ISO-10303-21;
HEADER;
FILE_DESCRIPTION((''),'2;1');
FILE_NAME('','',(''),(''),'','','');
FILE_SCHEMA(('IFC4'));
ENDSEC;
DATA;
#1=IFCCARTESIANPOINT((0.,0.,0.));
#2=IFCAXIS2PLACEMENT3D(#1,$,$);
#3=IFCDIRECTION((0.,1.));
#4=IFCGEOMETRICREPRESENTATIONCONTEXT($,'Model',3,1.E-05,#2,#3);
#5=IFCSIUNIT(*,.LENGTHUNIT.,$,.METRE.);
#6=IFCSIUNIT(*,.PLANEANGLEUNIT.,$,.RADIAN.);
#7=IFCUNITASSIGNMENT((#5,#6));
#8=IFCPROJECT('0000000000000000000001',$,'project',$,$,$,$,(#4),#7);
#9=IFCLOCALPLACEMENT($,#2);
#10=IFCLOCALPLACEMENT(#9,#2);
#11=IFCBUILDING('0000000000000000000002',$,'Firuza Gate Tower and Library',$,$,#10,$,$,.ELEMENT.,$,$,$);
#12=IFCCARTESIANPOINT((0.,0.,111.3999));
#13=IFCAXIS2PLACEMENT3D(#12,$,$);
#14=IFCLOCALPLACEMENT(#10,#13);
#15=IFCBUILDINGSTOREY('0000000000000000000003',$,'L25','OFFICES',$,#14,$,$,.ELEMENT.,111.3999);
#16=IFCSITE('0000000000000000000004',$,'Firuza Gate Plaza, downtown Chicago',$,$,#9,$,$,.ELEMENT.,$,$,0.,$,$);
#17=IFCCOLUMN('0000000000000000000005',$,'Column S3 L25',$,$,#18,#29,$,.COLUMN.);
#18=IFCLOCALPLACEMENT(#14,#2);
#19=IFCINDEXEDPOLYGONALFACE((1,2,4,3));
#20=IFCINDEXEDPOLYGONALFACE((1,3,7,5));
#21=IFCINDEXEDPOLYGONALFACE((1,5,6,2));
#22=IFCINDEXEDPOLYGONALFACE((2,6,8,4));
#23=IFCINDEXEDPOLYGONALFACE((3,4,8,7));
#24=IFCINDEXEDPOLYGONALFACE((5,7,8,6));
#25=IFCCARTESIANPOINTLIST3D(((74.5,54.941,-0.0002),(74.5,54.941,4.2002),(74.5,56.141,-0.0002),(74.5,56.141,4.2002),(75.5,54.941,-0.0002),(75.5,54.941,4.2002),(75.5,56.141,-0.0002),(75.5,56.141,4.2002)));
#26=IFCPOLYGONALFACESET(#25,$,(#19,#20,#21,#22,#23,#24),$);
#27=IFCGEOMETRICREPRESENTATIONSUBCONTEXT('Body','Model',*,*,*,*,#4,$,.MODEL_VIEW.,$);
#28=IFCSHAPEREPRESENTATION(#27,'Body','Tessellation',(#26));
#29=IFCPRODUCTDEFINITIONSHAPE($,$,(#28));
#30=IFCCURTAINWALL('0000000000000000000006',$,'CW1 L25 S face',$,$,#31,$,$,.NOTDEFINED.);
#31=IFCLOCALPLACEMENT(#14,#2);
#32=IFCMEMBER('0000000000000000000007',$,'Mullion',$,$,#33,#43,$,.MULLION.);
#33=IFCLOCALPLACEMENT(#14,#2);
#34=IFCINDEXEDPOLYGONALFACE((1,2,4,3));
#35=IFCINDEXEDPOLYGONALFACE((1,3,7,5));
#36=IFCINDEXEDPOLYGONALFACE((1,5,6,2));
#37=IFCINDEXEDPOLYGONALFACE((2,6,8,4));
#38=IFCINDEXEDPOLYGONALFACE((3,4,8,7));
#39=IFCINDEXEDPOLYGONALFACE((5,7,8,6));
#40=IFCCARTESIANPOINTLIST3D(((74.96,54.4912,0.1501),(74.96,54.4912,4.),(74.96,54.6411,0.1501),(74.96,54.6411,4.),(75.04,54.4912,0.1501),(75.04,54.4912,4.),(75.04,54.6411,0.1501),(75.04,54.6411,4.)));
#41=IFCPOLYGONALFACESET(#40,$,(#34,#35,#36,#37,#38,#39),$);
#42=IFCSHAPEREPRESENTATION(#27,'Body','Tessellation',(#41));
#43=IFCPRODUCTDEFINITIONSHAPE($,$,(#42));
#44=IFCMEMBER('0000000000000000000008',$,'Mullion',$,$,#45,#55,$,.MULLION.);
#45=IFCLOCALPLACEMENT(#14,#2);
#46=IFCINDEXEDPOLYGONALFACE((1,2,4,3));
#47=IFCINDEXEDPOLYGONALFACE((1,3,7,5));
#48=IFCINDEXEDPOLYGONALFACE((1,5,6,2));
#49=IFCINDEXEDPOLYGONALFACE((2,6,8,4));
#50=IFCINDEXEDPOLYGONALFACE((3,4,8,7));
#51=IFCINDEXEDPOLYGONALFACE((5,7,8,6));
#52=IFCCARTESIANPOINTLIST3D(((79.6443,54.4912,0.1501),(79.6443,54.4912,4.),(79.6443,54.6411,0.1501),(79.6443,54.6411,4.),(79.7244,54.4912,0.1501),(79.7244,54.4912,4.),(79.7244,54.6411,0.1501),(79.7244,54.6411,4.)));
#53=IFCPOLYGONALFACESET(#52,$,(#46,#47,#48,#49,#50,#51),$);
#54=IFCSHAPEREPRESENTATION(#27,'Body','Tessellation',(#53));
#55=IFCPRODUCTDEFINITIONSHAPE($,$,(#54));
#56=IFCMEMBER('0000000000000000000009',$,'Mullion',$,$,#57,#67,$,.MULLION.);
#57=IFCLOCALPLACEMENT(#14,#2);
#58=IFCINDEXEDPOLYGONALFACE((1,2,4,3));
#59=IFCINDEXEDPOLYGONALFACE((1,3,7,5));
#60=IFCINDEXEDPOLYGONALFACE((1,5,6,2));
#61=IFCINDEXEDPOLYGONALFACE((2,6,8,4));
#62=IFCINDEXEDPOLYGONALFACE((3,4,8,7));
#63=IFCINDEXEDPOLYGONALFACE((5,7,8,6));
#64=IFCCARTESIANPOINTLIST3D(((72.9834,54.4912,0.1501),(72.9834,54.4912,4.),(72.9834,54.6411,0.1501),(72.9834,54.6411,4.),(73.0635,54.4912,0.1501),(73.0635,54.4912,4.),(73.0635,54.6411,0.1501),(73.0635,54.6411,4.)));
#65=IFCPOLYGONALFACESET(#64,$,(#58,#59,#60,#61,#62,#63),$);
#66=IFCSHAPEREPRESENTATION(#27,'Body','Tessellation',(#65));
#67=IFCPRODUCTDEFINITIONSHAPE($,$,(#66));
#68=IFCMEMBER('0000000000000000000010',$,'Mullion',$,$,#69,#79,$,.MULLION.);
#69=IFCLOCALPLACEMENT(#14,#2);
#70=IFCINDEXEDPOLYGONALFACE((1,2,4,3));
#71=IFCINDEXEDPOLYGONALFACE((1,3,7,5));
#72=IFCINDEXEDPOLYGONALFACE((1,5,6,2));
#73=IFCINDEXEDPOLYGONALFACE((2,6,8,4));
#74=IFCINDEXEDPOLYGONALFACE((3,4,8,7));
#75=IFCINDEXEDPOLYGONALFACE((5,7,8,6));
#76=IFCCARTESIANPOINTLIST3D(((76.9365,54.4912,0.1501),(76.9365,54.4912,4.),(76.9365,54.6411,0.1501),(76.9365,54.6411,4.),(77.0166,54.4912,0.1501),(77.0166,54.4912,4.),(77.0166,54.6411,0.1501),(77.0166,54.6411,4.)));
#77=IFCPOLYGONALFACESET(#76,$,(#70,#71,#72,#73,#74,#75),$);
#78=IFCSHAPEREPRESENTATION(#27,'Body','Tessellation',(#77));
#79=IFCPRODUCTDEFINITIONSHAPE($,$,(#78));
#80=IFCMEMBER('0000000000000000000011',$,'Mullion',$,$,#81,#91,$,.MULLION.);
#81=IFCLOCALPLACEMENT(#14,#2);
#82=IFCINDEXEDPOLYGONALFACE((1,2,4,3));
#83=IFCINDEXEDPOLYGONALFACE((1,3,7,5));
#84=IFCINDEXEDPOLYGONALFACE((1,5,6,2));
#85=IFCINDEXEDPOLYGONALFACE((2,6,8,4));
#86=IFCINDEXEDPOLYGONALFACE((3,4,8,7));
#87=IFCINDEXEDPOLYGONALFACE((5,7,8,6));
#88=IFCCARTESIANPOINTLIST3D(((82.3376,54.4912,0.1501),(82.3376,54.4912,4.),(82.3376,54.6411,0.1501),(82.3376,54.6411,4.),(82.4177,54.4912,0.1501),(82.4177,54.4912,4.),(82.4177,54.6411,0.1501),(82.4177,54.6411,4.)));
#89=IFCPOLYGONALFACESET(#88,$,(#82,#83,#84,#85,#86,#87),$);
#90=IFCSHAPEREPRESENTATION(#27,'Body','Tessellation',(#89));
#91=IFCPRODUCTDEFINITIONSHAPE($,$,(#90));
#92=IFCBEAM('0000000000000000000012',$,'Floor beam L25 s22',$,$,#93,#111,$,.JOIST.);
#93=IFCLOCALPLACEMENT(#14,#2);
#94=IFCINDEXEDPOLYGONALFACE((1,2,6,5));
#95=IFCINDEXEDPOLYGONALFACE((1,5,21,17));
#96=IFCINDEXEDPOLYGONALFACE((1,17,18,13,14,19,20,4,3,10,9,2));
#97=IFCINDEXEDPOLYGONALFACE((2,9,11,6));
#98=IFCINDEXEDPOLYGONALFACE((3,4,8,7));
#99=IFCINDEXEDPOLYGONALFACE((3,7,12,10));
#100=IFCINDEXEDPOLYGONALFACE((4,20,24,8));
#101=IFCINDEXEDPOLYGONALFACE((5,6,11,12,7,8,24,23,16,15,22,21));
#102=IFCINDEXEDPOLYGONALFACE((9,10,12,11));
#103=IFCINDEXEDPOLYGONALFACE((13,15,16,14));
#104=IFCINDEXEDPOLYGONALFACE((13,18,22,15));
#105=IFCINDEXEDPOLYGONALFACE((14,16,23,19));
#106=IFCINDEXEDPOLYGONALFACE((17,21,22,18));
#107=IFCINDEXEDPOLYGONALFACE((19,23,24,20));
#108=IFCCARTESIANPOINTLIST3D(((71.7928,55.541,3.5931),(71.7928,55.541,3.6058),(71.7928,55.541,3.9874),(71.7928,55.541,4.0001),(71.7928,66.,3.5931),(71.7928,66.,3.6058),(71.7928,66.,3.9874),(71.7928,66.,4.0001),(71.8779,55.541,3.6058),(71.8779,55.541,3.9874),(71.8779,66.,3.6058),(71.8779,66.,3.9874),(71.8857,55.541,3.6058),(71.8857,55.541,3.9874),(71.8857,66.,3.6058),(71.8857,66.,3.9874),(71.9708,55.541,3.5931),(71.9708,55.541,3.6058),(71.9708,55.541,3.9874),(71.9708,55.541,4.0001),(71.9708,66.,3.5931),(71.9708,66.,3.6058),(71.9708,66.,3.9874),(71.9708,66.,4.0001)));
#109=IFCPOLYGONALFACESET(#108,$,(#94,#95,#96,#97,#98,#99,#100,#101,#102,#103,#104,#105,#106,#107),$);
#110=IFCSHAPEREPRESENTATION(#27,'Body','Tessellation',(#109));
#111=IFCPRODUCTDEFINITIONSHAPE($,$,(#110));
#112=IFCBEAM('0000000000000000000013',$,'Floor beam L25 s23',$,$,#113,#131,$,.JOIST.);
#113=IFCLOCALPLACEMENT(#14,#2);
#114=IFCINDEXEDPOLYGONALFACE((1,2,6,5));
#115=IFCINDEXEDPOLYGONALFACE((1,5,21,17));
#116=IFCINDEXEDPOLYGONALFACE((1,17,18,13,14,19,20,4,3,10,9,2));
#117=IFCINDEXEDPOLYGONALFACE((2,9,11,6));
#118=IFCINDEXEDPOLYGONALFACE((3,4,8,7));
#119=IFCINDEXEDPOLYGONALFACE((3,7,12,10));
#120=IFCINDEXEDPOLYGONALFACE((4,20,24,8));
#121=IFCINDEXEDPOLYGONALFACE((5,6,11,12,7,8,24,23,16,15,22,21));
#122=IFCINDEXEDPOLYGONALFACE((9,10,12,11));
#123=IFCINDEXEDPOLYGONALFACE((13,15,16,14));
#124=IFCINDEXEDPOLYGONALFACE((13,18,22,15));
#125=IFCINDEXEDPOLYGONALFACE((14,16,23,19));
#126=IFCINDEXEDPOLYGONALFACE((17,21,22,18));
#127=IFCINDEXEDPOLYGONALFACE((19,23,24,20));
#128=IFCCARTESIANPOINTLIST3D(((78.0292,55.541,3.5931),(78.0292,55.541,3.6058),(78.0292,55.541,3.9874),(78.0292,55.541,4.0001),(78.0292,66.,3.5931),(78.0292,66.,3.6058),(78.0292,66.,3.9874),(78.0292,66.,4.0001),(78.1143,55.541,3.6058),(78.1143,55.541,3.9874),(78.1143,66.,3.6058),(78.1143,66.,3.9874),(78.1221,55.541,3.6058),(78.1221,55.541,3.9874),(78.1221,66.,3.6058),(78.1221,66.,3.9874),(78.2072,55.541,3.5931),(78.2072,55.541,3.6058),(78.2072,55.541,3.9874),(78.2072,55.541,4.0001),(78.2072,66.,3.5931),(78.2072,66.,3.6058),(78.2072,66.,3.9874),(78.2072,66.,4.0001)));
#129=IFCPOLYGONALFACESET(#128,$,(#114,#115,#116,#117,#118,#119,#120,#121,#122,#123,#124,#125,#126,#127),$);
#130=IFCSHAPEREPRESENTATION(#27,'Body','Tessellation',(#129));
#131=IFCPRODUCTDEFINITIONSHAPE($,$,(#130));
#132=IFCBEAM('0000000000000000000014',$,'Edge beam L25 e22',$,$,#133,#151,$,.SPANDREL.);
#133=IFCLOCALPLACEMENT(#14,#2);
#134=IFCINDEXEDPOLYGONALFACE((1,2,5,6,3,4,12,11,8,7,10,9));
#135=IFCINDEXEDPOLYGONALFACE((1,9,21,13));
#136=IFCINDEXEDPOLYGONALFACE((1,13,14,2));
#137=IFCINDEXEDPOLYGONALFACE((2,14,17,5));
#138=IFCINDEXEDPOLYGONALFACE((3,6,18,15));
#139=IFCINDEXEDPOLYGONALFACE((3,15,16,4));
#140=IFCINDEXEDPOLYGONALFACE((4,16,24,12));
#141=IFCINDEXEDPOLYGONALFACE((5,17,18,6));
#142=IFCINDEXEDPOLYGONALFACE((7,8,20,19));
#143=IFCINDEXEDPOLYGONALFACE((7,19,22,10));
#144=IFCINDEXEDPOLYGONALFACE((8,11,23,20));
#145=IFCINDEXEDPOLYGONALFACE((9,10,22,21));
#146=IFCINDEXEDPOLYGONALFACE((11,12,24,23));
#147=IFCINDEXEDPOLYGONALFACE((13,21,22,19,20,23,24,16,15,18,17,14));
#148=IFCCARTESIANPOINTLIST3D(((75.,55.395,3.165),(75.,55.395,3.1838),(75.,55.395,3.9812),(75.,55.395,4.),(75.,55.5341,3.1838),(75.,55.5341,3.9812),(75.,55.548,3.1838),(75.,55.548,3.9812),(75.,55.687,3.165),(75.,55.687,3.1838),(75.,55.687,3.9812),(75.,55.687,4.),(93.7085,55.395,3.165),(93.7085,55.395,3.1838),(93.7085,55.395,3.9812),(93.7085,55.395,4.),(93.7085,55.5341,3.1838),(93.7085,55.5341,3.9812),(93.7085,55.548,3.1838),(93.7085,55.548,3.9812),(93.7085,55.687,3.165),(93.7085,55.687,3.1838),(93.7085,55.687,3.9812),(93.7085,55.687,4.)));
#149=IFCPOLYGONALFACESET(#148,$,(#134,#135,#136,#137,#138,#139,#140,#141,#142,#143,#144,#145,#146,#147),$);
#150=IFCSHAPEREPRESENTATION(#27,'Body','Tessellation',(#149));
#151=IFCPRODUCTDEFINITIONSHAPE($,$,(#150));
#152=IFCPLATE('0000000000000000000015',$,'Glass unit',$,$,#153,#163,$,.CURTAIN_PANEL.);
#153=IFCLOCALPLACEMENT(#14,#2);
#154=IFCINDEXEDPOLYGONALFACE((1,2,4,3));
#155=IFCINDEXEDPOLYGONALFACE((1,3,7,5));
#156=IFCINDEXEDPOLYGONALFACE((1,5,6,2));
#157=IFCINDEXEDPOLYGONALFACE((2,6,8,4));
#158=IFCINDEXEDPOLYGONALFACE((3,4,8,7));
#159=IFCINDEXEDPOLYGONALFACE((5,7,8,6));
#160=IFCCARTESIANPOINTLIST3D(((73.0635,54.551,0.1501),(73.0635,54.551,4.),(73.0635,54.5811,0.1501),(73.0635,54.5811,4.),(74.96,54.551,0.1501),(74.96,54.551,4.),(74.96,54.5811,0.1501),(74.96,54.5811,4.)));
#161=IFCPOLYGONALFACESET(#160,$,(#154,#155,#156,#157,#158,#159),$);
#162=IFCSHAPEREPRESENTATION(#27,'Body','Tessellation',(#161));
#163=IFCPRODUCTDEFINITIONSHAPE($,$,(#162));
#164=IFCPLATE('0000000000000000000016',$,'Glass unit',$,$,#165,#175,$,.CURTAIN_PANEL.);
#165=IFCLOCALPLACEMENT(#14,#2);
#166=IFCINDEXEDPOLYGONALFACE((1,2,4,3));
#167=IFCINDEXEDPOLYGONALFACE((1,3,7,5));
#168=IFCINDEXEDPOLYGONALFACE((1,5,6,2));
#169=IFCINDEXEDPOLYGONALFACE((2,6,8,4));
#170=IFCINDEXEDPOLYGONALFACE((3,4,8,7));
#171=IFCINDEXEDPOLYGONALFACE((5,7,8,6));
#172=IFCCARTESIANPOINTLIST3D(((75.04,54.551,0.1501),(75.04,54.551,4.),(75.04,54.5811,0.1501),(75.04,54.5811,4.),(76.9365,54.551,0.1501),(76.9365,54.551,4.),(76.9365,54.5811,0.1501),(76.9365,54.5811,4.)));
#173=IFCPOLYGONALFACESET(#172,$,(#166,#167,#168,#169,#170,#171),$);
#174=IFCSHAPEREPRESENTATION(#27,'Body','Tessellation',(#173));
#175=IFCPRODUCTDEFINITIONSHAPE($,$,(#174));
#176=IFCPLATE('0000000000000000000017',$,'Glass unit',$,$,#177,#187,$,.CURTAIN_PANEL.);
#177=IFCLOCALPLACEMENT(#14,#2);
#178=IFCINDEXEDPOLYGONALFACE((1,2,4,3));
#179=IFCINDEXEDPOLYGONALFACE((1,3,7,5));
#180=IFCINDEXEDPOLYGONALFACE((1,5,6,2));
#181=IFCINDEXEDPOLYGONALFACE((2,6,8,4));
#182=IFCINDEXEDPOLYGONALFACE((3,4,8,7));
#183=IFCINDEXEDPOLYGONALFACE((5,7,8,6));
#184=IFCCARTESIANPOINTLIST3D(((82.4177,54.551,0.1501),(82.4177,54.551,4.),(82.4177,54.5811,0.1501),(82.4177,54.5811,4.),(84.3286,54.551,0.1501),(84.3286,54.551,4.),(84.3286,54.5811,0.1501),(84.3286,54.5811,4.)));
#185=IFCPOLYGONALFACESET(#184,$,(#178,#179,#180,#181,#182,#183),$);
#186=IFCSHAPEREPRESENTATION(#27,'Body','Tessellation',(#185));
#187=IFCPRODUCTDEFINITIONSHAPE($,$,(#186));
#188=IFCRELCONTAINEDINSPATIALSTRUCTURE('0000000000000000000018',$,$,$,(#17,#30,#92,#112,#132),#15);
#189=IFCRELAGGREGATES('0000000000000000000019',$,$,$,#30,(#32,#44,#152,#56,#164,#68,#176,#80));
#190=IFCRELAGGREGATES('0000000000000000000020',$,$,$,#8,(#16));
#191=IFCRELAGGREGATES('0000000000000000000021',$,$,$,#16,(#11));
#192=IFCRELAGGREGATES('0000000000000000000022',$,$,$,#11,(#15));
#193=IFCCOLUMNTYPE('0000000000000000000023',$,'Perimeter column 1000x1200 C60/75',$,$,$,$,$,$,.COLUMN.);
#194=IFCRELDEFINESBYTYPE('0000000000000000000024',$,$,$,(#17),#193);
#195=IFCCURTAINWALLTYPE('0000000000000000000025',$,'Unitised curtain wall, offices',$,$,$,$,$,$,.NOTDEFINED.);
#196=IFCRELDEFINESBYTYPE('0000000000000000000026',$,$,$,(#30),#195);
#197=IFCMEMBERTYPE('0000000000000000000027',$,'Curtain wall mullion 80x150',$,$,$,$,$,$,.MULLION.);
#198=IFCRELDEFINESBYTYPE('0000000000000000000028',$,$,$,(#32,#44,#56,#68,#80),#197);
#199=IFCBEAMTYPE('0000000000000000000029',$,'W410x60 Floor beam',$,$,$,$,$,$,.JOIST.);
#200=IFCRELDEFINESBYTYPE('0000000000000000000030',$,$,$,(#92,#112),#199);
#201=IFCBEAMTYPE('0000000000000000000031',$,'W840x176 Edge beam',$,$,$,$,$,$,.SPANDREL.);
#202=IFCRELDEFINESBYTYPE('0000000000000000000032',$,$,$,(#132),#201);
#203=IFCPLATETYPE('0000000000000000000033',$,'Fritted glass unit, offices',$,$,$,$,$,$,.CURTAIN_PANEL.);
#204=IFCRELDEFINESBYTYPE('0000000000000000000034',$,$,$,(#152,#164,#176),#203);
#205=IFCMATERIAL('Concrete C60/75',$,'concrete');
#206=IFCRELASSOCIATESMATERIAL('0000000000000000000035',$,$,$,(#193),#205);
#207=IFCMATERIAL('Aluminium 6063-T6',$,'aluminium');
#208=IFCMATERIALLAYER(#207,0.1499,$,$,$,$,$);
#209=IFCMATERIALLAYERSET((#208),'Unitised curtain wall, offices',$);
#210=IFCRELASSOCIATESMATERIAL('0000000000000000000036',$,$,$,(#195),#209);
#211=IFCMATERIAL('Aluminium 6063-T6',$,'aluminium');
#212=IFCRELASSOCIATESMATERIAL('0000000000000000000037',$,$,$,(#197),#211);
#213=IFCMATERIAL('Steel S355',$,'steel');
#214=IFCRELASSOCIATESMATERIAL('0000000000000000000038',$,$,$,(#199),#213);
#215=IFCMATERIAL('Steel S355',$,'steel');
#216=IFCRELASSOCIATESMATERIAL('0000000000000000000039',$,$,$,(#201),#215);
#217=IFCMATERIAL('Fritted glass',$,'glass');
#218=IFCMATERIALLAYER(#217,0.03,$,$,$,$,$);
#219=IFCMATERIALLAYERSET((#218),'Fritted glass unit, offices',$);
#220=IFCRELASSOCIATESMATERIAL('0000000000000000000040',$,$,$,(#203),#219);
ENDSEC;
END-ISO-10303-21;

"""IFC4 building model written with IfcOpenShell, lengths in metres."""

from ifc_helpers import new_model, si_unit, direction, frame, origin, origin_2d, place, context, subcontext, project, spatial, polyline, rectangle, i_section, outline, extrude, material, layer, layer_set, material_profile, profile_set, type_object, element, aggregate, save


model = new_model("IFC4")

# Units and contexts
model_context = context("Model", 3, precision=1e-05, world=origin(), true_north=direction((0.0, 1.0)))
body_context = subcontext(model_context, "Body", "Model", "MODEL_VIEW")
ifc_project = project(units=[si_unit("LENGTHUNIT", "METRE"), si_unit("PLANEANGLEUNIT", "RADIAN")], contexts=[model_context])

# Site, building, storey
site_placement = place(None, origin())
site = spatial("IfcSite", under=ifc_project, at=site_placement, Name="Firuza Gate Plaza, downtown Chicago", CompositionType="ELEMENT", RefElevation=0.0)
building_placement = place(site_placement, origin())
building = spatial("IfcBuilding", under=site, at=building_placement, Name="Firuza Gate Tower and Library", CompositionType="ELEMENT")
storey_placement = place(building_placement, frame((0.0, 0.0, 111.3999)))
storey = spatial("IfcBuildingStorey", under=building, at=storey_placement, Name="L25", Description="OFFICES", CompositionType="ELEMENT", Elevation=111.3999)

# Column
ifc_material_1 = material(Name="Concrete C60/75", Category="concrete")
ifc_material_profile_1 = material_profile(ifc_material_1, rectangle(XDim=1.0, YDim=1.2, at=origin_2d()))
ifc_profile_set_1 = profile_set([ifc_material_profile_1], Name="Concrete C60/75")
column_type = type_object("IfcColumnType", Name="Perimeter column 1000x1200 C60/75", PredefinedType="COLUMN", material=ifc_profile_set_1)
column_placement = place(storey_placement, frame((75.0, 55.541, -0.0002), z_axis=(0.0, 0.0, 1.0), x_axis=(1.0, 0.0, 0.0)))
element("IfcColumn", 1, at=column_placement, inside=storey, type_object=column_type, Name="Column S3 L25", PredefinedType="COLUMN", context=body_context, shape_type="SweptSolid", body=[
    extrude(rectangle(XDim=1.0, YDim=1.2, at=origin_2d()), origin(), (0.0, 0.0, 1.0), 4.2004),
])

# Curtain wall, members
ifc_material_2 = material(Name="Aluminium 6063-T6", Category="aluminium")
ifc_layer_1 = layer(ifc_material_2, 0.1499)
ifc_layer_set_1 = layer_set([ifc_layer_1], Name="Unitised curtain wall, offices")
curtain_wall_type = type_object("IfcCurtainWallType", Name="Unitised curtain wall, offices", PredefinedType="NOTDEFINED", material=ifc_layer_set_1)
curtain_wall_placement = place(storey_placement, origin())
curtain_wall = element("IfcCurtainWall", 2, at=curtain_wall_placement, inside=storey, type_object=curtain_wall_type, Name="CW1 L25 S face", PredefinedType="NOTDEFINED")
ifc_material_3 = material(Name="Aluminium 6063-T6", Category="aluminium")
ifc_material_profile_2 = material_profile(ifc_material_3, rectangle(XDim=0.1499, YDim=0.0801, at=origin_2d()))
ifc_profile_set_2 = profile_set([ifc_material_profile_2], Name="Aluminium 6063-T6")
member_type = type_object("IfcMemberType", Name="Curtain wall mullion 80x150", PredefinedType="MULLION", material=ifc_profile_set_2)
member_1_placement = place(storey_placement, frame((75.0, 54.5662, 0.1501), z_axis=(0.0, 0.0, 1.0), x_axis=(0.0, 1.0, 0.0)))
member_1 = element("IfcMember", 3, at=member_1_placement, type_object=member_type, Name="Mullion", PredefinedType="MULLION", context=body_context, shape_type="SweptSolid", body=[
    extrude(rectangle(XDim=0.1499, YDim=0.0801, at=origin_2d()), origin(), (0.0, 0.0, 1.0), 3.8499),
])
member_2_placement = place(storey_placement, frame((79.6843, 54.5662, 0.1501), z_axis=(0.0, 0.0, 1.0), x_axis=(0.0, 1.0, 0.0)))
member_2 = element("IfcMember", 4, at=member_2_placement, type_object=member_type, Name="Mullion", PredefinedType="MULLION", context=body_context, shape_type="SweptSolid", body=[
    extrude(rectangle(XDim=0.1499, YDim=0.0801, at=origin_2d()), origin(), (0.0, 0.0, 1.0), 3.8499),
])
member_3_placement = place(storey_placement, frame((73.0234, 54.5662, 0.1501), z_axis=(0.0, 0.0, 1.0), x_axis=(0.0, 1.0, 0.0)))
member_3 = element("IfcMember", 5, at=member_3_placement, type_object=member_type, Name="Mullion", PredefinedType="MULLION", context=body_context, shape_type="SweptSolid", body=[
    extrude(rectangle(XDim=0.1499, YDim=0.0801, at=origin_2d()), origin(), (0.0, 0.0, 1.0), 3.8499),
])
member_4_placement = place(storey_placement, frame((76.9766, 54.5662, 0.1501), z_axis=(0.0, 0.0, 1.0), x_axis=(0.0, 1.0, 0.0)))
member_4 = element("IfcMember", 6, at=member_4_placement, type_object=member_type, Name="Mullion", PredefinedType="MULLION", context=body_context, shape_type="SweptSolid", body=[
    extrude(rectangle(XDim=0.1499, YDim=0.0801, at=origin_2d()), origin(), (0.0, 0.0, 1.0), 3.8499),
])
member_5_placement = place(storey_placement, frame((82.3777, 54.5662, 0.1501), z_axis=(0.0, 0.0, 1.0), x_axis=(0.0, 1.0, 0.0)))
member_5 = element("IfcMember", 7, at=member_5_placement, type_object=member_type, Name="Mullion", PredefinedType="MULLION", context=body_context, shape_type="SweptSolid", body=[
    extrude(rectangle(XDim=0.1499, YDim=0.0801, at=origin_2d()), origin(), (0.0, 0.0, 1.0), 3.8499),
])

# Beams
ifc_material_4 = material(Name="Steel S355", Category="steel")
ifc_material_profile_3 = material_profile(ifc_material_4, i_section(OverallWidth=0.178, OverallDepth=0.407, WebThickness=0.0078, FlangeThickness=0.0127, at=origin_2d()))
ifc_profile_set_3 = profile_set([ifc_material_profile_3], Name="Steel S355")
beam_type_1 = type_object("IfcBeamType", Name="W410x60 Floor beam", PredefinedType="JOIST", material=ifc_profile_set_3)
for number, where, z_axis, x_axis, name in (
    (8, (71.8818, 55.541, 3.7966), (0.0, 1.0, 0.0), (-1.0, 0.0, 0.0), "Floor beam L25 s22"),
    (9, (78.1182, 55.541, 3.7966), (0.0, 1.0, 0.0), (-1.0, 0.0, 0.0), "Floor beam L25 s23"),
):
    element("IfcBeam", number, at=place(storey_placement, frame(where, z_axis=z_axis, x_axis=x_axis)), inside=storey, type_object=beam_type_1, Name=name, PredefinedType="JOIST", context=body_context, shape_type="SweptSolid", body=[
        extrude(i_section(OverallWidth=0.178, OverallDepth=0.407, WebThickness=0.0078, FlangeThickness=0.0127, at=origin_2d()), origin(), (0.0, 0.0, 1.0), 10.459),
    ])
ifc_material_5 = material(Name="Steel S355", Category="steel")
ifc_material_profile_4 = material_profile(ifc_material_5, i_section(OverallWidth=0.292, OverallDepth=0.835, WebThickness=0.0139, FlangeThickness=0.0188, at=origin_2d()))
ifc_profile_set_4 = profile_set([ifc_material_profile_4], Name="Steel S355")
beam_type_2 = type_object("IfcBeamType", Name="W840x176 Edge beam", PredefinedType="SPANDREL", material=ifc_profile_set_4)
beam_placement = place(storey_placement, frame((75.0, 55.541, 3.5825), z_axis=(1.0, 0.0, 0.0), x_axis=(0.0, 1.0, 0.0)))
element("IfcBeam", 10, at=beam_placement, inside=storey, type_object=beam_type_2, Name="Edge beam L25 e22", PredefinedType="SPANDREL", context=body_context, shape_type="SweptSolid", body=[
    extrude(i_section(OverallWidth=0.292, OverallDepth=0.835, WebThickness=0.0139, FlangeThickness=0.0188, at=origin_2d()), origin(), (0.0, 0.0, 1.0), 18.7085),
])

# Plates
ifc_material_6 = material(Name="Fritted glass", Category="glass")
ifc_layer_2 = layer(ifc_material_6, 0.03)
ifc_layer_set_2 = layer_set([ifc_layer_2], Name="Fritted glass unit, offices")
plate_type_1 = type_object("IfcPlateType", Name="Fritted glass unit, offices", PredefinedType="CURTAIN_PANEL", material=ifc_layer_set_2)
plate_1_placement = place(storey_placement, frame((73.0635, 54.551, 0.1501), z_axis=(0.0, -1.0, 0.0), x_axis=(1.0, 0.0, 0.0)))
plate_1 = element("IfcPlate", 11, at=plate_1_placement, type_object=plate_type_1, Name="Glass unit", PredefinedType="CURTAIN_PANEL", context=body_context, shape_type="SweptSolid", body=[
    extrude(outline(polyline([(0.0, 0.0), (1.8965, 0.0), (1.8965, 3.8499), (0.0, 3.8499), (0.0, 0.0)])), origin(), (0.0, 0.0, -1.0), 0.03),
])
plate_2_placement = place(storey_placement, frame((75.04, 54.551, 0.1501), z_axis=(0.0, -1.0, 0.0), x_axis=(1.0, 0.0, 0.0)))
plate_2 = element("IfcPlate", 12, at=plate_2_placement, type_object=plate_type_1, Name="Glass unit", PredefinedType="CURTAIN_PANEL", context=body_context, shape_type="SweptSolid", body=[
    extrude(outline(polyline([(0.0, 0.0), (1.8965, 0.0), (1.8965, 3.8499), (0.0, 3.8499), (0.0, 0.0)])), origin(), (0.0, 0.0, -1.0), 0.03),
])
plate_3_placement = place(storey_placement, frame((82.4177, 54.551, 0.1501), z_axis=(0.0, -1.0, 0.0), x_axis=(1.0, 0.0, 0.0)))
plate_3 = element("IfcPlate", 13, at=plate_3_placement, type_object=plate_type_1, Name="Glass unit", PredefinedType="CURTAIN_PANEL", context=body_context, shape_type="SweptSolid", body=[
    extrude(outline(polyline([(0.0, 0.0), (1.9109, 0.0), (1.9109, 3.8499), (0.0, 3.8499), (0.0, 0.0)])), origin(), (0.0, 0.0, -1.0), 0.03),
])
aggregate(curtain_wall, [member_1, member_2, plate_1, member_3, plate_2, member_4, plate_3, member_5])

save(model, "model.ifc")
